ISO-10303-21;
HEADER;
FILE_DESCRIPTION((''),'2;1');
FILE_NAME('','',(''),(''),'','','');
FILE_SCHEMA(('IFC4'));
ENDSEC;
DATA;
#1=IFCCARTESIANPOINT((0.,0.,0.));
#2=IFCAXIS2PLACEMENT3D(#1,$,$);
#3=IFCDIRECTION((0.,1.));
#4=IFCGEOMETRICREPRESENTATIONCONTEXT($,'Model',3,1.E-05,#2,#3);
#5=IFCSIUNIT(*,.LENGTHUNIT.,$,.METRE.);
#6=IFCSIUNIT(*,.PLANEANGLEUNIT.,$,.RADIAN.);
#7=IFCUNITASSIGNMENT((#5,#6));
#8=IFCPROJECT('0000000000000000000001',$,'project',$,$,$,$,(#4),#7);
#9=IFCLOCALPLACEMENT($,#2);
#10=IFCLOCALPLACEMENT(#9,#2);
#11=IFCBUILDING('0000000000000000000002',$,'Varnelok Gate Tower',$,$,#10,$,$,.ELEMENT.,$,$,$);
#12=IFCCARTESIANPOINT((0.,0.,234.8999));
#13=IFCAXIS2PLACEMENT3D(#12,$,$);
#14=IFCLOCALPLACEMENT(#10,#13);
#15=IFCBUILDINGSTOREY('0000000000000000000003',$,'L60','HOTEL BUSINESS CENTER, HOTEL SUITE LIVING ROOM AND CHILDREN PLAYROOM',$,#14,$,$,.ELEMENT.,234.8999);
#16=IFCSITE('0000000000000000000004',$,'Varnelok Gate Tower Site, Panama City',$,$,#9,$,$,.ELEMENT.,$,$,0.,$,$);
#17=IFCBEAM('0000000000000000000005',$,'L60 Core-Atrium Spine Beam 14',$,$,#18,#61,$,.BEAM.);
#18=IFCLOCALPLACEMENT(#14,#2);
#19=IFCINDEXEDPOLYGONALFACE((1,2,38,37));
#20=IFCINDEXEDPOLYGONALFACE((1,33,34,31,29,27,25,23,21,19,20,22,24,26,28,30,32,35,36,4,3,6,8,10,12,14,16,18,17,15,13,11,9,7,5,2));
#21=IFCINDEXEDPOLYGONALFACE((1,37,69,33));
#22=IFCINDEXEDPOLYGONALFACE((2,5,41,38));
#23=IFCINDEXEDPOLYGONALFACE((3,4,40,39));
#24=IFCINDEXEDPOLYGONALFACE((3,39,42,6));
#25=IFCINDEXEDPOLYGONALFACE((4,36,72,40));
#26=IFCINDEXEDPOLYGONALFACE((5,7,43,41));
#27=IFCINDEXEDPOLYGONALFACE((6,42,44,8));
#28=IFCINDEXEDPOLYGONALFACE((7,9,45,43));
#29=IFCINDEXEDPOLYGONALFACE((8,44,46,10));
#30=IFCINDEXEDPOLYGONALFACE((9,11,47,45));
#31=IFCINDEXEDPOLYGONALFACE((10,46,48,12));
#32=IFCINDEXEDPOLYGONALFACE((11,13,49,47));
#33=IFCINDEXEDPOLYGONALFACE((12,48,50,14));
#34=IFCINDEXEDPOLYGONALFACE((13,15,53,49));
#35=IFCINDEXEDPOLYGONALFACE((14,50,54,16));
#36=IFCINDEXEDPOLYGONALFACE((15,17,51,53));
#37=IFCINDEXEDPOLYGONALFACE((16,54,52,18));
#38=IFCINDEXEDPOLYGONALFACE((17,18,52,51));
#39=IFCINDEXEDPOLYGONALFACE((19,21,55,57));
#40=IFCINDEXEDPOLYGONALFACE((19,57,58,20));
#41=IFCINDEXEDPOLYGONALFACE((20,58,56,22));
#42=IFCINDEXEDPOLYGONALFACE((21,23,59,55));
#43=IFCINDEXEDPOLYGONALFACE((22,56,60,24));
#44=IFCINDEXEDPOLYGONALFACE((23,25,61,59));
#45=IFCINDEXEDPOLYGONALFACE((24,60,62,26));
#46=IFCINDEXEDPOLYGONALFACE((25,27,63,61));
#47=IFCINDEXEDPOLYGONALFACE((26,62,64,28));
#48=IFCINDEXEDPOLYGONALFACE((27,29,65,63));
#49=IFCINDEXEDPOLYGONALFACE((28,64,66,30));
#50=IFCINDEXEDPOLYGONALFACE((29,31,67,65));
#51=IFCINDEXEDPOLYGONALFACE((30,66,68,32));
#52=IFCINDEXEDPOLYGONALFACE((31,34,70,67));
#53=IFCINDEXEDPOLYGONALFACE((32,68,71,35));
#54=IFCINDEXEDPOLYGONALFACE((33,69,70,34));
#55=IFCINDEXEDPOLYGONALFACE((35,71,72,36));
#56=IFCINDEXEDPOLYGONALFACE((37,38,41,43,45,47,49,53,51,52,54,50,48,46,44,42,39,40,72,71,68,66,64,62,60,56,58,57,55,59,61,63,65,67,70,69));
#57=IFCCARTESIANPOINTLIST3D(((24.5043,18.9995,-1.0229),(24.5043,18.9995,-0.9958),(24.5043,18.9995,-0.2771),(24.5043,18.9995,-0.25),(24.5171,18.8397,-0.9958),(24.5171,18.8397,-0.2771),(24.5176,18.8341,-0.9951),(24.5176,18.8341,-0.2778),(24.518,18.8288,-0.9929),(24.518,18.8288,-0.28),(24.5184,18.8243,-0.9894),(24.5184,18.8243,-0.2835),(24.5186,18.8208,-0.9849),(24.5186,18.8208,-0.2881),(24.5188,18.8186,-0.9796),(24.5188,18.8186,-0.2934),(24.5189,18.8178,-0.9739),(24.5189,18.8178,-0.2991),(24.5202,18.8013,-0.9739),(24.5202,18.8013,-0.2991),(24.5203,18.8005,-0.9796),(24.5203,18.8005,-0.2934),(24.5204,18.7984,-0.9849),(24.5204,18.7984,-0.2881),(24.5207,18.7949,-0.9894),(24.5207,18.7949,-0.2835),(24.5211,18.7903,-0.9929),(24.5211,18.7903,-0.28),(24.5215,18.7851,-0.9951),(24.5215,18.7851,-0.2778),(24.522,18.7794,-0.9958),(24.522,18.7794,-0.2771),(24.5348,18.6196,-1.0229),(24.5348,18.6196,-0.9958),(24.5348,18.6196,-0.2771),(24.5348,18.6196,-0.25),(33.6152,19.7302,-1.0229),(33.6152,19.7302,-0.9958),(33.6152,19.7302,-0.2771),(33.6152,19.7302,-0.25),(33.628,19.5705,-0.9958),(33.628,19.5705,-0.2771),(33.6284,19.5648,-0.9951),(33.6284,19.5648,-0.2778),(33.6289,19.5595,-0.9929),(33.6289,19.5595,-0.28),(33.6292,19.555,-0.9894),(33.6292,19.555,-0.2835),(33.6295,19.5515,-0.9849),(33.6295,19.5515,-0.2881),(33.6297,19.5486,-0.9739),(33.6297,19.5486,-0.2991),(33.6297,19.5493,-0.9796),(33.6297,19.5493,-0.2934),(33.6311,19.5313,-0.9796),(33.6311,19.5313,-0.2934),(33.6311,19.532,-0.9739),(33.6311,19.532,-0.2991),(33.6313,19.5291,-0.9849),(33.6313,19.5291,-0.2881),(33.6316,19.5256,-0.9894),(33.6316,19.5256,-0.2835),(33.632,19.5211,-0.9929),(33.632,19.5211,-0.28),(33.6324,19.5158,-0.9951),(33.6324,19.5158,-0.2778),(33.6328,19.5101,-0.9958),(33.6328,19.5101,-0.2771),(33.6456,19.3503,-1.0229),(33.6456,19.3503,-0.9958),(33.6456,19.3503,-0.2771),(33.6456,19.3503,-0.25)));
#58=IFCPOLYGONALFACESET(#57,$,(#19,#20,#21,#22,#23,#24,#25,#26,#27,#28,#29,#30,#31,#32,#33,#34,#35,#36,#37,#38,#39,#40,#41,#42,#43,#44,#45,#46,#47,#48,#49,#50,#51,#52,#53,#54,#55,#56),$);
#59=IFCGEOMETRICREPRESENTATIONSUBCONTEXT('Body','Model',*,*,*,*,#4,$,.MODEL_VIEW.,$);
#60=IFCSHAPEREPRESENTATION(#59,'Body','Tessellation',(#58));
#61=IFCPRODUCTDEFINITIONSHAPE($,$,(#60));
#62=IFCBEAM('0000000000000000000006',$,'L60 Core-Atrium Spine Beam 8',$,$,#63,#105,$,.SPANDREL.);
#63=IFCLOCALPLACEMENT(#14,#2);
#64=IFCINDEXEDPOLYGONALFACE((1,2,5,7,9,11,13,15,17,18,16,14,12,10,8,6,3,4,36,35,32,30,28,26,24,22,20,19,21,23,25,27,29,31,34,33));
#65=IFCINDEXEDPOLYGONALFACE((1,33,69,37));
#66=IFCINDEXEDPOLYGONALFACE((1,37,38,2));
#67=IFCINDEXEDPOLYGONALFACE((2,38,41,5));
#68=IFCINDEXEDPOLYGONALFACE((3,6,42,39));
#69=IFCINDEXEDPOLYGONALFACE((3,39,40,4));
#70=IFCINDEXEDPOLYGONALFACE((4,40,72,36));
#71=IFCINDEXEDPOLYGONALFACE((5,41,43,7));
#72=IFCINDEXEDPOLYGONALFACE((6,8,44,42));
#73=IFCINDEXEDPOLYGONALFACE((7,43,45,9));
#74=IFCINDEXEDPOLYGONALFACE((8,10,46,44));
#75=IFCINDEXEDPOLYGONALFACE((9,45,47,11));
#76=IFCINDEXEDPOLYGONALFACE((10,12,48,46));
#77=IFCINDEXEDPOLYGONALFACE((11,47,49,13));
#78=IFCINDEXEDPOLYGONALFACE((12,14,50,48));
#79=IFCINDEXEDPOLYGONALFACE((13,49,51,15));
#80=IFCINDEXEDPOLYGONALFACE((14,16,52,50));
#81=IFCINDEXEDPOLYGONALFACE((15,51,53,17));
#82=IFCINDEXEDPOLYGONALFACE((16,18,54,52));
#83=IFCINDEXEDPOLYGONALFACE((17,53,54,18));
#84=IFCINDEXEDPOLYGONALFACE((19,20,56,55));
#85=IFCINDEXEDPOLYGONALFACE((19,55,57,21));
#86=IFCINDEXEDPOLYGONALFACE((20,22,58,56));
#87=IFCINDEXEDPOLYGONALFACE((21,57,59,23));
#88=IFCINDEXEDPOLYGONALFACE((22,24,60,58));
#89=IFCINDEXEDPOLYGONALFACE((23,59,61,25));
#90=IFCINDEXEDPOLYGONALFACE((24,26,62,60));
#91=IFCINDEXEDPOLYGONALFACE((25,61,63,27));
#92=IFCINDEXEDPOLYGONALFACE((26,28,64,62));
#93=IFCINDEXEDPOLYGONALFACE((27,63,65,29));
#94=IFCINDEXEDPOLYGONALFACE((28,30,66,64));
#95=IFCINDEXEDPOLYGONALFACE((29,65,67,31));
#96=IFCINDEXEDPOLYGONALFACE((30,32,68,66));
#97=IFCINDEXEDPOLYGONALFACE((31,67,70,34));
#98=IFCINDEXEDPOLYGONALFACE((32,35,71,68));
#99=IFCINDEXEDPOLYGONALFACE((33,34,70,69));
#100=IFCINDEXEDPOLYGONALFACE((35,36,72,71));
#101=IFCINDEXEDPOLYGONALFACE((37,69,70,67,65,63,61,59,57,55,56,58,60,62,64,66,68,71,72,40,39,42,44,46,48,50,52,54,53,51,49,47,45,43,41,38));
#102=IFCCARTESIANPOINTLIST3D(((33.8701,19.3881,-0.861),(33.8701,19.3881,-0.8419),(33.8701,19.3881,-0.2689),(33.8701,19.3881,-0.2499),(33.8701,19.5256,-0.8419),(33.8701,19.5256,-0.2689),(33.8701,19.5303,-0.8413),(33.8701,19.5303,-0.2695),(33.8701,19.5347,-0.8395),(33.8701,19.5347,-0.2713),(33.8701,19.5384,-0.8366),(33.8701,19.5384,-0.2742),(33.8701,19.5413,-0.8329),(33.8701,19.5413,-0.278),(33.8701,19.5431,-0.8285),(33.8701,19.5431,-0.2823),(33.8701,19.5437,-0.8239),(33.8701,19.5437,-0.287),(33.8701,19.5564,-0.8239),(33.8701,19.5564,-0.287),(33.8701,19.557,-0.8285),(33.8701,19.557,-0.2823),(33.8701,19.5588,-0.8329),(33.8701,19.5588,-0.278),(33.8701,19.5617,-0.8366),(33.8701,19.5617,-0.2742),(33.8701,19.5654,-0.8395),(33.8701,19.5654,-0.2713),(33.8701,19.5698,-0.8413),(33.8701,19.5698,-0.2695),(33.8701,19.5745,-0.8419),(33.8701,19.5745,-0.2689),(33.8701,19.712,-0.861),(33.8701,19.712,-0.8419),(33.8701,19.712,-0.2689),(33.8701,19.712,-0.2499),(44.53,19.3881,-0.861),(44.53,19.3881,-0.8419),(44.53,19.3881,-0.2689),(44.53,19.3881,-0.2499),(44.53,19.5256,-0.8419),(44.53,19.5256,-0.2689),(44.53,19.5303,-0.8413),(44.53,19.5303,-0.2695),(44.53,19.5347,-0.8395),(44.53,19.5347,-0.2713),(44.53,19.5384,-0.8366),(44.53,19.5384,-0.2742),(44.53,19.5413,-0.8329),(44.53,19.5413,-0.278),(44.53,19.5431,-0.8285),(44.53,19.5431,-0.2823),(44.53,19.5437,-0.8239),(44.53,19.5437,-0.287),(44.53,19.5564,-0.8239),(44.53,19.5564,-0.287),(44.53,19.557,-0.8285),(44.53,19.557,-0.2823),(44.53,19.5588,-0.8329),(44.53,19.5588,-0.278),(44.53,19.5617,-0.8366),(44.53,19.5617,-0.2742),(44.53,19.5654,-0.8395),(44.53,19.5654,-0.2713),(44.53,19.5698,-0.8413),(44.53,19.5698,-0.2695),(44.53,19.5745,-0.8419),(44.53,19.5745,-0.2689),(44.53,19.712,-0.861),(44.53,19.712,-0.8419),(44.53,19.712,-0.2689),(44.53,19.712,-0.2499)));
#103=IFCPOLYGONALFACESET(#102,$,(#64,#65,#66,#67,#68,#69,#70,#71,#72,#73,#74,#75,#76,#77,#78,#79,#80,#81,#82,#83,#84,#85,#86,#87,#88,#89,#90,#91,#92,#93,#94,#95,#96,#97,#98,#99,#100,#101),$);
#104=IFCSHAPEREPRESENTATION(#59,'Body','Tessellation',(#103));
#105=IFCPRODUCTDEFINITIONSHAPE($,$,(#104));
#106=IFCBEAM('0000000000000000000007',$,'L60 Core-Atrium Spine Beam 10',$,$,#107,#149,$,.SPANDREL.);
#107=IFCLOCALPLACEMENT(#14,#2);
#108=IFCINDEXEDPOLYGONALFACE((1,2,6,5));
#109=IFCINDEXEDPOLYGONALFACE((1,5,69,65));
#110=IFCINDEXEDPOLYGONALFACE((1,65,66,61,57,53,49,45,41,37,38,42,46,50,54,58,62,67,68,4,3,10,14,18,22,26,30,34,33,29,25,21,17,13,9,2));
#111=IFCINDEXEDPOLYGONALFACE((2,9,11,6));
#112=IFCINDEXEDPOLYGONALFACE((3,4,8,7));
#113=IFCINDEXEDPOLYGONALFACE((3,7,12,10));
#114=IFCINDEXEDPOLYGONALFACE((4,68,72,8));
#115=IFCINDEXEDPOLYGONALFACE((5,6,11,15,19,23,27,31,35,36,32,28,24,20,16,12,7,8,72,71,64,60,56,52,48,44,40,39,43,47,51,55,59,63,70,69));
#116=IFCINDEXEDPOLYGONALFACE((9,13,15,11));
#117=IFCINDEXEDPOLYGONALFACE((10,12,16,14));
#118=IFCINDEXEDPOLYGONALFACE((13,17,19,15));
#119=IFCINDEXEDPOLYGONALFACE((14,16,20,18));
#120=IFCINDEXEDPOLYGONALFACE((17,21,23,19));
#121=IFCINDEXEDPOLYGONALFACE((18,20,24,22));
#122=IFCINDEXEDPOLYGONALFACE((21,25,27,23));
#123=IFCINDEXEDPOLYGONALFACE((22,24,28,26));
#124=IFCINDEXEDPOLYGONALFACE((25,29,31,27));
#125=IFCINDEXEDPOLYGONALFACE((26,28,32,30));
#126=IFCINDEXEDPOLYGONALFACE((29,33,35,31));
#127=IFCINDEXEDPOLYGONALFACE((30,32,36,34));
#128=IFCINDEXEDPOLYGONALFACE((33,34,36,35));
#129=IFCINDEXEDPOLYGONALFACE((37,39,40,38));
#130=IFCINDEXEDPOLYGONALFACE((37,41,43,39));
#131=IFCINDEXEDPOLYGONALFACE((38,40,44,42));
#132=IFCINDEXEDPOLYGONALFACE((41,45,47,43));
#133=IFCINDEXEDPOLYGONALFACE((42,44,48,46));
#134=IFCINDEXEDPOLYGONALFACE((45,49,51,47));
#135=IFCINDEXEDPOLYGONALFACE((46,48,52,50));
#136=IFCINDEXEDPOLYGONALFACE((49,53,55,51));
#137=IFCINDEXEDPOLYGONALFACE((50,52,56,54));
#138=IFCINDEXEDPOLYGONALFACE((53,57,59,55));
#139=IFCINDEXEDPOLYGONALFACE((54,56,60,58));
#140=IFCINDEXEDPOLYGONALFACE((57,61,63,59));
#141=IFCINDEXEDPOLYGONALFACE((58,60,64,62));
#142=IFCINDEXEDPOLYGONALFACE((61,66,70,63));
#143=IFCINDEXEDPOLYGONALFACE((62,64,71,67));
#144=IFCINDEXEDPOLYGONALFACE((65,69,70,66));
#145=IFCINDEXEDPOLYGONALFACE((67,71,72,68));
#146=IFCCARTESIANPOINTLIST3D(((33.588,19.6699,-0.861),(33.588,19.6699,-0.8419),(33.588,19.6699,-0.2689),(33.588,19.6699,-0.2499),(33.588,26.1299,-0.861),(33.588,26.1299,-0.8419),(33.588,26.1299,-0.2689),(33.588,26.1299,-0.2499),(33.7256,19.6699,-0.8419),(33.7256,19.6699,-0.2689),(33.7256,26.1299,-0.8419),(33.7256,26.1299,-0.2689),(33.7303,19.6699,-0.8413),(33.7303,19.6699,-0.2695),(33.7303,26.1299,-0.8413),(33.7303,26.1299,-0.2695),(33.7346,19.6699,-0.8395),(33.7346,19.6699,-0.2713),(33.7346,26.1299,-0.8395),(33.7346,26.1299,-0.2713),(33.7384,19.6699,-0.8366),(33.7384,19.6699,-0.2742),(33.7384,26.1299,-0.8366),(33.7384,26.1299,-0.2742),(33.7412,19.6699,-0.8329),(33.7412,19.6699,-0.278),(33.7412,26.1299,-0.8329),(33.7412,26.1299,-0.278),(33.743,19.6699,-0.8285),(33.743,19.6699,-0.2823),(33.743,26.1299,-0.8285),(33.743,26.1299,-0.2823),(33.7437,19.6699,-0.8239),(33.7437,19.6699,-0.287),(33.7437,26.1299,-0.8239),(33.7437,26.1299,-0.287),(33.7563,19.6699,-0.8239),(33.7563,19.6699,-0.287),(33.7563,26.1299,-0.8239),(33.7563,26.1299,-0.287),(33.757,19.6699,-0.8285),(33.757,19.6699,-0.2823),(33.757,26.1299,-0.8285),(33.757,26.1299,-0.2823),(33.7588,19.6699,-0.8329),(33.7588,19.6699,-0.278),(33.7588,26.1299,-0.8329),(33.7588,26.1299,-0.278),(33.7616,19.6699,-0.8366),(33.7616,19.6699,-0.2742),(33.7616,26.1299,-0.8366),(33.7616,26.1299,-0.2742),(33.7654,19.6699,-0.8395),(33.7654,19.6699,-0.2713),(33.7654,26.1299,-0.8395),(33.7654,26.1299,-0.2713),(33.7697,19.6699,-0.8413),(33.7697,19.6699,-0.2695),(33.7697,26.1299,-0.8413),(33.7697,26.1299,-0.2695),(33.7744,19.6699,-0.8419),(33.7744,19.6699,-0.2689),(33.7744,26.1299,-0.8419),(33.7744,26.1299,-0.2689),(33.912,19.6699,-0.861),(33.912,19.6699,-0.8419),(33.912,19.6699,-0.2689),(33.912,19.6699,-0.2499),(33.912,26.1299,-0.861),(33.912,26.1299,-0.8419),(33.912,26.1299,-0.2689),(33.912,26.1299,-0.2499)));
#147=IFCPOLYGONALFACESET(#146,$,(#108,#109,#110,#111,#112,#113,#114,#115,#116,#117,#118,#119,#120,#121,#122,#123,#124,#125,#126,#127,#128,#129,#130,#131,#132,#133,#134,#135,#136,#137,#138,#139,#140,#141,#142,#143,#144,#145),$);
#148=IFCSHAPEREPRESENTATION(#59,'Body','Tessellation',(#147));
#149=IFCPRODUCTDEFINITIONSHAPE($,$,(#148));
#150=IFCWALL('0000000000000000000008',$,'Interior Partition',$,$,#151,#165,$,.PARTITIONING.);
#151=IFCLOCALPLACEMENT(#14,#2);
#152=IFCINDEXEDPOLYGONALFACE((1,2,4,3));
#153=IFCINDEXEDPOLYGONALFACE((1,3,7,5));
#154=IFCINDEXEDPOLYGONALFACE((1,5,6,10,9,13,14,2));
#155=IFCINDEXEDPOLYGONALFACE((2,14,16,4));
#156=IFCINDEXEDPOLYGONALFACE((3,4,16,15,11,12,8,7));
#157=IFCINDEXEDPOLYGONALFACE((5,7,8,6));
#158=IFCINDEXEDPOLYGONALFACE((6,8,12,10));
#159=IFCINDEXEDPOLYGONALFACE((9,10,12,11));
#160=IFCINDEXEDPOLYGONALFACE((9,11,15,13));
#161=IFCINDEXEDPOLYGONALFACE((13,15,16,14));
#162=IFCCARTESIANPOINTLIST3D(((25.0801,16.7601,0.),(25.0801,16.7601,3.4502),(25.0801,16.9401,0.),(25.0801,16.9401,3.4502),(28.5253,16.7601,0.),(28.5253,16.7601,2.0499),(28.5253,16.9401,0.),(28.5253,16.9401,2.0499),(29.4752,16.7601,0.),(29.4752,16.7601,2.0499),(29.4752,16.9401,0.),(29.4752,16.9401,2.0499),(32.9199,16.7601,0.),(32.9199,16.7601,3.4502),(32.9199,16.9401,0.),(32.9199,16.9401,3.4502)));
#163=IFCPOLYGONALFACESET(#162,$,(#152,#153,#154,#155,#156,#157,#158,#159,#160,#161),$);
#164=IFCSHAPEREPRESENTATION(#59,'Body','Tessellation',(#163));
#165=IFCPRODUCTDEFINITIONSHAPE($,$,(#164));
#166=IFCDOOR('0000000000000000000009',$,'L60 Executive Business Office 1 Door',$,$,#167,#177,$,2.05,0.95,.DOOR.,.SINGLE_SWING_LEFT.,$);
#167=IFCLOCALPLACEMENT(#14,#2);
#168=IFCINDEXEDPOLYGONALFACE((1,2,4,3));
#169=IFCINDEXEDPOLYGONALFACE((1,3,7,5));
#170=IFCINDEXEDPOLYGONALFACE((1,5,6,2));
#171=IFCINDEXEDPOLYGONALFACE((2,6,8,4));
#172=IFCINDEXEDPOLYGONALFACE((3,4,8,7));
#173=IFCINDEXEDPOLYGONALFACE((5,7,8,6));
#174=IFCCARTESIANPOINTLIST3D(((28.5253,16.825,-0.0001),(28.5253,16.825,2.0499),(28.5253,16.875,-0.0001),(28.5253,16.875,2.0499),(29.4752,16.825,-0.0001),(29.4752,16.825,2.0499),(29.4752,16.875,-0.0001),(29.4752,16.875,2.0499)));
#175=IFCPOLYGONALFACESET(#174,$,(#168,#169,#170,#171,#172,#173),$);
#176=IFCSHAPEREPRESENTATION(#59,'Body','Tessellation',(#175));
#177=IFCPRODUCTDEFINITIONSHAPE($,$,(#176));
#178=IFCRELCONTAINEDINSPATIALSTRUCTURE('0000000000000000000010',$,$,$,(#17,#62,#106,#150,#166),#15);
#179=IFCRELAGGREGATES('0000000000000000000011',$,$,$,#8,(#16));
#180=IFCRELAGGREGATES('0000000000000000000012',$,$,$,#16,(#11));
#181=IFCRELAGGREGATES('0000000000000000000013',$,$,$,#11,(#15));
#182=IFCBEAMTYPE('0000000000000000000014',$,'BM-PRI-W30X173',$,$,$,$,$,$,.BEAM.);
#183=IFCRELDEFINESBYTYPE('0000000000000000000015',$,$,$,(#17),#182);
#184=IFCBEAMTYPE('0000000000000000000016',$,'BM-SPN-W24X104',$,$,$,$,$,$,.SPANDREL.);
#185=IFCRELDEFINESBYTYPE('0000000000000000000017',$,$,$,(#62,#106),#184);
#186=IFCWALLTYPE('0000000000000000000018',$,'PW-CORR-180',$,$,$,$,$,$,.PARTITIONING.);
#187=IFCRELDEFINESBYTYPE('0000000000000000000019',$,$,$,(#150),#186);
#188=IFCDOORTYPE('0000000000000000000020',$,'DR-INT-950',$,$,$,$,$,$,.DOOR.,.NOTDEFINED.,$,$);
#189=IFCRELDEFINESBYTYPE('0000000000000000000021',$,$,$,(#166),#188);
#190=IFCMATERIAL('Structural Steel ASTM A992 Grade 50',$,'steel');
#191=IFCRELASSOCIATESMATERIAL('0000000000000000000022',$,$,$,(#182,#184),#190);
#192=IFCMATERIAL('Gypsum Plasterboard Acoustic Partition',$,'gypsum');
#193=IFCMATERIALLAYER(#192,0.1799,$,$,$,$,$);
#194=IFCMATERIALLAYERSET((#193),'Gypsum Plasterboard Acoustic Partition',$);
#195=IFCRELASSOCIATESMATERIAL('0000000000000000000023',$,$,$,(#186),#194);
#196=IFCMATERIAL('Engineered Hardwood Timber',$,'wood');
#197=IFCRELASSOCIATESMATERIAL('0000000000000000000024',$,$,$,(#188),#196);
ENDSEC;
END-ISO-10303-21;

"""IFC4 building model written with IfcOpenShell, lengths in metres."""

from ifc_helpers import new_model, si_unit, direction, frame, frame_2d, origin, origin_2d, place, context, subcontext, project, spatial, rectangle, i_section, extrude, material, layer, layer_set, material_profile, profile_set, type_object, element, fill, save


model = new_model("IFC4")

# Units and contexts
model_context = context("Model", 3, precision=1e-05, world=origin(), true_north=direction((0.0, 1.0)))
body_context = subcontext(model_context, "Body", "Model", "MODEL_VIEW")
ifc_project = project(units=[si_unit("LENGTHUNIT", "METRE"), si_unit("PLANEANGLEUNIT", "RADIAN")], contexts=[model_context])

# Site, building, storey
site_placement = place(None, origin())
site = spatial("IfcSite", under=ifc_project, at=site_placement, Name="Varnelok Gate Tower Site, Panama City", CompositionType="ELEMENT", RefElevation=0.0)
building_placement = place(site_placement, origin())
building = spatial("IfcBuilding", under=site, at=building_placement, Name="Varnelok Gate Tower", CompositionType="ELEMENT")
storey_placement = place(building_placement, frame((0.0, 0.0, 234.8999)))
storey = spatial("IfcBuildingStorey", under=building, at=storey_placement, Name="L60", Description="HOTEL BUSINESS CENTER, HOTEL SUITE LIVING ROOM AND CHILDREN PLAYROOM", CompositionType="ELEMENT", Elevation=234.8999)

# Shared definitions
ifc_material_1 = material(Name="Structural Steel ASTM A992 Grade 50", Category="steel")

# Beams
ifc_material_profile_1 = material_profile(ifc_material_1, i_section(OverallWidth=0.3811, OverallDepth=0.7729, WebThickness=0.0166, FlangeThickness=0.0271, FilletRadius=0.022, at=origin_2d()), Name="W30X173")
ifc_profile_set_1 = profile_set([ifc_material_profile_1], Name="Structural Steel ASTM A992 Grade 50")
beam_type_1 = type_object("IfcBeamType", Name="BM-PRI-W30X173", PredefinedType="BEAM", material=ifc_profile_set_1)
beam_1_placement = place(storey_placement, frame((24.5195, 18.8096, -0.6365), z_axis=(0.996799, 0.079946, 0.0), x_axis=(-0.079946, 0.996799, 0.0)))
element("IfcBeam", 1, at=beam_1_placement, inside=storey, type_object=beam_type_1, Name="L60 Core-Atrium Spine Beam 14", PredefinedType="BEAM", context=body_context, shape_type="SweptSolid", body=[
    extrude(i_section(OverallWidth=0.3811, OverallDepth=0.7729, WebThickness=0.0166, FlangeThickness=0.0271, FilletRadius=0.022, at=origin_2d()), origin(), (0.0, 0.0, 1.0), 9.1401),
])
ifc_material_profile_2 = material_profile(ifc_material_1, i_section(OverallWidth=0.324, OverallDepth=0.6111, WebThickness=0.0127, FlangeThickness=0.019, FilletRadius=0.0181, at=origin_2d()), Name="W24X104")
ifc_profile_set_2 = profile_set([ifc_material_profile_2], Name="Structural Steel ASTM A992 Grade 50")
beam_type_2 = type_object("IfcBeamType", Name="BM-SPN-W24X104", PredefinedType="SPANDREL", material=ifc_profile_set_2)
beam_2_placement = place(storey_placement, frame((33.8701, 19.55, -0.5554), z_axis=(1.0, 0.0, 0.0), x_axis=(0.0, 1.0, 0.0)))
element("IfcBeam", 2, at=beam_2_placement, inside=storey, type_object=beam_type_2, Name="L60 Core-Atrium Spine Beam 8", PredefinedType="SPANDREL", context=body_context, shape_type="SweptSolid", body=[
    extrude(i_section(OverallWidth=0.324, OverallDepth=0.6111, WebThickness=0.0127, FlangeThickness=0.019, FilletRadius=0.0181, at=origin_2d()), origin(), (0.0, 0.0, 1.0), 10.6599),
])
beam_3_placement = place(storey_placement, frame((33.75, 19.6699, -0.5554), z_axis=(0.0, 1.0, 0.0), x_axis=(-1.0, 0.0, 0.0)))
element("IfcBeam", 3, at=beam_3_placement, inside=storey, type_object=beam_type_2, Name="L60 Core-Atrium Spine Beam 10", PredefinedType="SPANDREL", context=body_context, shape_type="SweptSolid", body=[
    extrude(i_section(OverallWidth=0.324, OverallDepth=0.6111, WebThickness=0.0127, FlangeThickness=0.019, FilletRadius=0.0181, at=origin_2d()), origin(), (0.0, 0.0, 1.0), 6.46),
])

# Wall, opening, door
ifc_material_2 = material(Name="Gypsum Plasterboard Acoustic Partition", Category="gypsum")
ifc_layer_1 = layer(ifc_material_2, 0.1799)
ifc_layer_set_1 = layer_set([ifc_layer_1], Name="Gypsum Plasterboard Acoustic Partition")
wall_type_1 = type_object("IfcWallType", Name="PW-CORR-180", PredefinedType="PARTITIONING", material=ifc_layer_set_1)
wall_1_placement = place(storey_placement, frame((25.0801, 16.8501, 0.0), z_axis=(0.0, 0.0, 1.0), x_axis=(1.0, 0.0, 0.0)))
wall_1 = element("IfcWall", 4, at=wall_1_placement, inside=storey, type_object=wall_type_1, Name="Interior Partition", PredefinedType="PARTITIONING", context=body_context, shape_type="SweptSolid", body=[
    extrude(rectangle(XDim=7.8398, YDim=0.1799, at=frame_2d((3.9199, 0.0))), origin(), (0.0, 0.0, 1.0), 3.4502),
])
opening_1_placement = place(wall_1_placement, frame((3.4451, 0.0, 0.0)))
opening_1 = element("IfcOpeningElement", 5, at=opening_1_placement, cuts=wall_1, PredefinedType="OPENING", context=body_context, shape_type="SweptSolid", body=[
    extrude(rectangle(XDim=0.95, YDim=2.05, at=frame_2d((0.4751, 1.0249))), frame((0.0, 0.0999, 0.0), z_axis=(0.0, -1.0, 0.0), x_axis=(1.0, 0.0, 0.0)), (0.0, 0.0, 1.0), 0.2),
])
ifc_material_3 = material(Name="Engineered Hardwood Timber", Category="wood")
door_type_1 = type_object("IfcDoorType", Name="DR-INT-950", OperationType="NOTDEFINED", PredefinedType="DOOR", material=ifc_material_3)
door_1_placement = place(opening_1_placement, origin())
door_1 = element("IfcDoor", 6, at=door_1_placement, inside=storey, type_object=door_type_1, Name="L60 Executive Business Office 1 Door", OperationType="SINGLE_SWING_LEFT", OverallHeight=2.05, OverallWidth=0.95, PredefinedType="DOOR", context=body_context, shape_type="SweptSolid", body=[
    extrude(rectangle(XDim=0.95, YDim=2.05, at=frame_2d((0.4751, 1.0249))), frame((0.0, 0.0249, 0.0), z_axis=(0.0, -1.0, 0.0), x_axis=(1.0, 0.0, 0.0)), (0.0, 0.0, 1.0), 0.05),
])
fill(opening_1, door_1)

save(model, "model.ifc")
